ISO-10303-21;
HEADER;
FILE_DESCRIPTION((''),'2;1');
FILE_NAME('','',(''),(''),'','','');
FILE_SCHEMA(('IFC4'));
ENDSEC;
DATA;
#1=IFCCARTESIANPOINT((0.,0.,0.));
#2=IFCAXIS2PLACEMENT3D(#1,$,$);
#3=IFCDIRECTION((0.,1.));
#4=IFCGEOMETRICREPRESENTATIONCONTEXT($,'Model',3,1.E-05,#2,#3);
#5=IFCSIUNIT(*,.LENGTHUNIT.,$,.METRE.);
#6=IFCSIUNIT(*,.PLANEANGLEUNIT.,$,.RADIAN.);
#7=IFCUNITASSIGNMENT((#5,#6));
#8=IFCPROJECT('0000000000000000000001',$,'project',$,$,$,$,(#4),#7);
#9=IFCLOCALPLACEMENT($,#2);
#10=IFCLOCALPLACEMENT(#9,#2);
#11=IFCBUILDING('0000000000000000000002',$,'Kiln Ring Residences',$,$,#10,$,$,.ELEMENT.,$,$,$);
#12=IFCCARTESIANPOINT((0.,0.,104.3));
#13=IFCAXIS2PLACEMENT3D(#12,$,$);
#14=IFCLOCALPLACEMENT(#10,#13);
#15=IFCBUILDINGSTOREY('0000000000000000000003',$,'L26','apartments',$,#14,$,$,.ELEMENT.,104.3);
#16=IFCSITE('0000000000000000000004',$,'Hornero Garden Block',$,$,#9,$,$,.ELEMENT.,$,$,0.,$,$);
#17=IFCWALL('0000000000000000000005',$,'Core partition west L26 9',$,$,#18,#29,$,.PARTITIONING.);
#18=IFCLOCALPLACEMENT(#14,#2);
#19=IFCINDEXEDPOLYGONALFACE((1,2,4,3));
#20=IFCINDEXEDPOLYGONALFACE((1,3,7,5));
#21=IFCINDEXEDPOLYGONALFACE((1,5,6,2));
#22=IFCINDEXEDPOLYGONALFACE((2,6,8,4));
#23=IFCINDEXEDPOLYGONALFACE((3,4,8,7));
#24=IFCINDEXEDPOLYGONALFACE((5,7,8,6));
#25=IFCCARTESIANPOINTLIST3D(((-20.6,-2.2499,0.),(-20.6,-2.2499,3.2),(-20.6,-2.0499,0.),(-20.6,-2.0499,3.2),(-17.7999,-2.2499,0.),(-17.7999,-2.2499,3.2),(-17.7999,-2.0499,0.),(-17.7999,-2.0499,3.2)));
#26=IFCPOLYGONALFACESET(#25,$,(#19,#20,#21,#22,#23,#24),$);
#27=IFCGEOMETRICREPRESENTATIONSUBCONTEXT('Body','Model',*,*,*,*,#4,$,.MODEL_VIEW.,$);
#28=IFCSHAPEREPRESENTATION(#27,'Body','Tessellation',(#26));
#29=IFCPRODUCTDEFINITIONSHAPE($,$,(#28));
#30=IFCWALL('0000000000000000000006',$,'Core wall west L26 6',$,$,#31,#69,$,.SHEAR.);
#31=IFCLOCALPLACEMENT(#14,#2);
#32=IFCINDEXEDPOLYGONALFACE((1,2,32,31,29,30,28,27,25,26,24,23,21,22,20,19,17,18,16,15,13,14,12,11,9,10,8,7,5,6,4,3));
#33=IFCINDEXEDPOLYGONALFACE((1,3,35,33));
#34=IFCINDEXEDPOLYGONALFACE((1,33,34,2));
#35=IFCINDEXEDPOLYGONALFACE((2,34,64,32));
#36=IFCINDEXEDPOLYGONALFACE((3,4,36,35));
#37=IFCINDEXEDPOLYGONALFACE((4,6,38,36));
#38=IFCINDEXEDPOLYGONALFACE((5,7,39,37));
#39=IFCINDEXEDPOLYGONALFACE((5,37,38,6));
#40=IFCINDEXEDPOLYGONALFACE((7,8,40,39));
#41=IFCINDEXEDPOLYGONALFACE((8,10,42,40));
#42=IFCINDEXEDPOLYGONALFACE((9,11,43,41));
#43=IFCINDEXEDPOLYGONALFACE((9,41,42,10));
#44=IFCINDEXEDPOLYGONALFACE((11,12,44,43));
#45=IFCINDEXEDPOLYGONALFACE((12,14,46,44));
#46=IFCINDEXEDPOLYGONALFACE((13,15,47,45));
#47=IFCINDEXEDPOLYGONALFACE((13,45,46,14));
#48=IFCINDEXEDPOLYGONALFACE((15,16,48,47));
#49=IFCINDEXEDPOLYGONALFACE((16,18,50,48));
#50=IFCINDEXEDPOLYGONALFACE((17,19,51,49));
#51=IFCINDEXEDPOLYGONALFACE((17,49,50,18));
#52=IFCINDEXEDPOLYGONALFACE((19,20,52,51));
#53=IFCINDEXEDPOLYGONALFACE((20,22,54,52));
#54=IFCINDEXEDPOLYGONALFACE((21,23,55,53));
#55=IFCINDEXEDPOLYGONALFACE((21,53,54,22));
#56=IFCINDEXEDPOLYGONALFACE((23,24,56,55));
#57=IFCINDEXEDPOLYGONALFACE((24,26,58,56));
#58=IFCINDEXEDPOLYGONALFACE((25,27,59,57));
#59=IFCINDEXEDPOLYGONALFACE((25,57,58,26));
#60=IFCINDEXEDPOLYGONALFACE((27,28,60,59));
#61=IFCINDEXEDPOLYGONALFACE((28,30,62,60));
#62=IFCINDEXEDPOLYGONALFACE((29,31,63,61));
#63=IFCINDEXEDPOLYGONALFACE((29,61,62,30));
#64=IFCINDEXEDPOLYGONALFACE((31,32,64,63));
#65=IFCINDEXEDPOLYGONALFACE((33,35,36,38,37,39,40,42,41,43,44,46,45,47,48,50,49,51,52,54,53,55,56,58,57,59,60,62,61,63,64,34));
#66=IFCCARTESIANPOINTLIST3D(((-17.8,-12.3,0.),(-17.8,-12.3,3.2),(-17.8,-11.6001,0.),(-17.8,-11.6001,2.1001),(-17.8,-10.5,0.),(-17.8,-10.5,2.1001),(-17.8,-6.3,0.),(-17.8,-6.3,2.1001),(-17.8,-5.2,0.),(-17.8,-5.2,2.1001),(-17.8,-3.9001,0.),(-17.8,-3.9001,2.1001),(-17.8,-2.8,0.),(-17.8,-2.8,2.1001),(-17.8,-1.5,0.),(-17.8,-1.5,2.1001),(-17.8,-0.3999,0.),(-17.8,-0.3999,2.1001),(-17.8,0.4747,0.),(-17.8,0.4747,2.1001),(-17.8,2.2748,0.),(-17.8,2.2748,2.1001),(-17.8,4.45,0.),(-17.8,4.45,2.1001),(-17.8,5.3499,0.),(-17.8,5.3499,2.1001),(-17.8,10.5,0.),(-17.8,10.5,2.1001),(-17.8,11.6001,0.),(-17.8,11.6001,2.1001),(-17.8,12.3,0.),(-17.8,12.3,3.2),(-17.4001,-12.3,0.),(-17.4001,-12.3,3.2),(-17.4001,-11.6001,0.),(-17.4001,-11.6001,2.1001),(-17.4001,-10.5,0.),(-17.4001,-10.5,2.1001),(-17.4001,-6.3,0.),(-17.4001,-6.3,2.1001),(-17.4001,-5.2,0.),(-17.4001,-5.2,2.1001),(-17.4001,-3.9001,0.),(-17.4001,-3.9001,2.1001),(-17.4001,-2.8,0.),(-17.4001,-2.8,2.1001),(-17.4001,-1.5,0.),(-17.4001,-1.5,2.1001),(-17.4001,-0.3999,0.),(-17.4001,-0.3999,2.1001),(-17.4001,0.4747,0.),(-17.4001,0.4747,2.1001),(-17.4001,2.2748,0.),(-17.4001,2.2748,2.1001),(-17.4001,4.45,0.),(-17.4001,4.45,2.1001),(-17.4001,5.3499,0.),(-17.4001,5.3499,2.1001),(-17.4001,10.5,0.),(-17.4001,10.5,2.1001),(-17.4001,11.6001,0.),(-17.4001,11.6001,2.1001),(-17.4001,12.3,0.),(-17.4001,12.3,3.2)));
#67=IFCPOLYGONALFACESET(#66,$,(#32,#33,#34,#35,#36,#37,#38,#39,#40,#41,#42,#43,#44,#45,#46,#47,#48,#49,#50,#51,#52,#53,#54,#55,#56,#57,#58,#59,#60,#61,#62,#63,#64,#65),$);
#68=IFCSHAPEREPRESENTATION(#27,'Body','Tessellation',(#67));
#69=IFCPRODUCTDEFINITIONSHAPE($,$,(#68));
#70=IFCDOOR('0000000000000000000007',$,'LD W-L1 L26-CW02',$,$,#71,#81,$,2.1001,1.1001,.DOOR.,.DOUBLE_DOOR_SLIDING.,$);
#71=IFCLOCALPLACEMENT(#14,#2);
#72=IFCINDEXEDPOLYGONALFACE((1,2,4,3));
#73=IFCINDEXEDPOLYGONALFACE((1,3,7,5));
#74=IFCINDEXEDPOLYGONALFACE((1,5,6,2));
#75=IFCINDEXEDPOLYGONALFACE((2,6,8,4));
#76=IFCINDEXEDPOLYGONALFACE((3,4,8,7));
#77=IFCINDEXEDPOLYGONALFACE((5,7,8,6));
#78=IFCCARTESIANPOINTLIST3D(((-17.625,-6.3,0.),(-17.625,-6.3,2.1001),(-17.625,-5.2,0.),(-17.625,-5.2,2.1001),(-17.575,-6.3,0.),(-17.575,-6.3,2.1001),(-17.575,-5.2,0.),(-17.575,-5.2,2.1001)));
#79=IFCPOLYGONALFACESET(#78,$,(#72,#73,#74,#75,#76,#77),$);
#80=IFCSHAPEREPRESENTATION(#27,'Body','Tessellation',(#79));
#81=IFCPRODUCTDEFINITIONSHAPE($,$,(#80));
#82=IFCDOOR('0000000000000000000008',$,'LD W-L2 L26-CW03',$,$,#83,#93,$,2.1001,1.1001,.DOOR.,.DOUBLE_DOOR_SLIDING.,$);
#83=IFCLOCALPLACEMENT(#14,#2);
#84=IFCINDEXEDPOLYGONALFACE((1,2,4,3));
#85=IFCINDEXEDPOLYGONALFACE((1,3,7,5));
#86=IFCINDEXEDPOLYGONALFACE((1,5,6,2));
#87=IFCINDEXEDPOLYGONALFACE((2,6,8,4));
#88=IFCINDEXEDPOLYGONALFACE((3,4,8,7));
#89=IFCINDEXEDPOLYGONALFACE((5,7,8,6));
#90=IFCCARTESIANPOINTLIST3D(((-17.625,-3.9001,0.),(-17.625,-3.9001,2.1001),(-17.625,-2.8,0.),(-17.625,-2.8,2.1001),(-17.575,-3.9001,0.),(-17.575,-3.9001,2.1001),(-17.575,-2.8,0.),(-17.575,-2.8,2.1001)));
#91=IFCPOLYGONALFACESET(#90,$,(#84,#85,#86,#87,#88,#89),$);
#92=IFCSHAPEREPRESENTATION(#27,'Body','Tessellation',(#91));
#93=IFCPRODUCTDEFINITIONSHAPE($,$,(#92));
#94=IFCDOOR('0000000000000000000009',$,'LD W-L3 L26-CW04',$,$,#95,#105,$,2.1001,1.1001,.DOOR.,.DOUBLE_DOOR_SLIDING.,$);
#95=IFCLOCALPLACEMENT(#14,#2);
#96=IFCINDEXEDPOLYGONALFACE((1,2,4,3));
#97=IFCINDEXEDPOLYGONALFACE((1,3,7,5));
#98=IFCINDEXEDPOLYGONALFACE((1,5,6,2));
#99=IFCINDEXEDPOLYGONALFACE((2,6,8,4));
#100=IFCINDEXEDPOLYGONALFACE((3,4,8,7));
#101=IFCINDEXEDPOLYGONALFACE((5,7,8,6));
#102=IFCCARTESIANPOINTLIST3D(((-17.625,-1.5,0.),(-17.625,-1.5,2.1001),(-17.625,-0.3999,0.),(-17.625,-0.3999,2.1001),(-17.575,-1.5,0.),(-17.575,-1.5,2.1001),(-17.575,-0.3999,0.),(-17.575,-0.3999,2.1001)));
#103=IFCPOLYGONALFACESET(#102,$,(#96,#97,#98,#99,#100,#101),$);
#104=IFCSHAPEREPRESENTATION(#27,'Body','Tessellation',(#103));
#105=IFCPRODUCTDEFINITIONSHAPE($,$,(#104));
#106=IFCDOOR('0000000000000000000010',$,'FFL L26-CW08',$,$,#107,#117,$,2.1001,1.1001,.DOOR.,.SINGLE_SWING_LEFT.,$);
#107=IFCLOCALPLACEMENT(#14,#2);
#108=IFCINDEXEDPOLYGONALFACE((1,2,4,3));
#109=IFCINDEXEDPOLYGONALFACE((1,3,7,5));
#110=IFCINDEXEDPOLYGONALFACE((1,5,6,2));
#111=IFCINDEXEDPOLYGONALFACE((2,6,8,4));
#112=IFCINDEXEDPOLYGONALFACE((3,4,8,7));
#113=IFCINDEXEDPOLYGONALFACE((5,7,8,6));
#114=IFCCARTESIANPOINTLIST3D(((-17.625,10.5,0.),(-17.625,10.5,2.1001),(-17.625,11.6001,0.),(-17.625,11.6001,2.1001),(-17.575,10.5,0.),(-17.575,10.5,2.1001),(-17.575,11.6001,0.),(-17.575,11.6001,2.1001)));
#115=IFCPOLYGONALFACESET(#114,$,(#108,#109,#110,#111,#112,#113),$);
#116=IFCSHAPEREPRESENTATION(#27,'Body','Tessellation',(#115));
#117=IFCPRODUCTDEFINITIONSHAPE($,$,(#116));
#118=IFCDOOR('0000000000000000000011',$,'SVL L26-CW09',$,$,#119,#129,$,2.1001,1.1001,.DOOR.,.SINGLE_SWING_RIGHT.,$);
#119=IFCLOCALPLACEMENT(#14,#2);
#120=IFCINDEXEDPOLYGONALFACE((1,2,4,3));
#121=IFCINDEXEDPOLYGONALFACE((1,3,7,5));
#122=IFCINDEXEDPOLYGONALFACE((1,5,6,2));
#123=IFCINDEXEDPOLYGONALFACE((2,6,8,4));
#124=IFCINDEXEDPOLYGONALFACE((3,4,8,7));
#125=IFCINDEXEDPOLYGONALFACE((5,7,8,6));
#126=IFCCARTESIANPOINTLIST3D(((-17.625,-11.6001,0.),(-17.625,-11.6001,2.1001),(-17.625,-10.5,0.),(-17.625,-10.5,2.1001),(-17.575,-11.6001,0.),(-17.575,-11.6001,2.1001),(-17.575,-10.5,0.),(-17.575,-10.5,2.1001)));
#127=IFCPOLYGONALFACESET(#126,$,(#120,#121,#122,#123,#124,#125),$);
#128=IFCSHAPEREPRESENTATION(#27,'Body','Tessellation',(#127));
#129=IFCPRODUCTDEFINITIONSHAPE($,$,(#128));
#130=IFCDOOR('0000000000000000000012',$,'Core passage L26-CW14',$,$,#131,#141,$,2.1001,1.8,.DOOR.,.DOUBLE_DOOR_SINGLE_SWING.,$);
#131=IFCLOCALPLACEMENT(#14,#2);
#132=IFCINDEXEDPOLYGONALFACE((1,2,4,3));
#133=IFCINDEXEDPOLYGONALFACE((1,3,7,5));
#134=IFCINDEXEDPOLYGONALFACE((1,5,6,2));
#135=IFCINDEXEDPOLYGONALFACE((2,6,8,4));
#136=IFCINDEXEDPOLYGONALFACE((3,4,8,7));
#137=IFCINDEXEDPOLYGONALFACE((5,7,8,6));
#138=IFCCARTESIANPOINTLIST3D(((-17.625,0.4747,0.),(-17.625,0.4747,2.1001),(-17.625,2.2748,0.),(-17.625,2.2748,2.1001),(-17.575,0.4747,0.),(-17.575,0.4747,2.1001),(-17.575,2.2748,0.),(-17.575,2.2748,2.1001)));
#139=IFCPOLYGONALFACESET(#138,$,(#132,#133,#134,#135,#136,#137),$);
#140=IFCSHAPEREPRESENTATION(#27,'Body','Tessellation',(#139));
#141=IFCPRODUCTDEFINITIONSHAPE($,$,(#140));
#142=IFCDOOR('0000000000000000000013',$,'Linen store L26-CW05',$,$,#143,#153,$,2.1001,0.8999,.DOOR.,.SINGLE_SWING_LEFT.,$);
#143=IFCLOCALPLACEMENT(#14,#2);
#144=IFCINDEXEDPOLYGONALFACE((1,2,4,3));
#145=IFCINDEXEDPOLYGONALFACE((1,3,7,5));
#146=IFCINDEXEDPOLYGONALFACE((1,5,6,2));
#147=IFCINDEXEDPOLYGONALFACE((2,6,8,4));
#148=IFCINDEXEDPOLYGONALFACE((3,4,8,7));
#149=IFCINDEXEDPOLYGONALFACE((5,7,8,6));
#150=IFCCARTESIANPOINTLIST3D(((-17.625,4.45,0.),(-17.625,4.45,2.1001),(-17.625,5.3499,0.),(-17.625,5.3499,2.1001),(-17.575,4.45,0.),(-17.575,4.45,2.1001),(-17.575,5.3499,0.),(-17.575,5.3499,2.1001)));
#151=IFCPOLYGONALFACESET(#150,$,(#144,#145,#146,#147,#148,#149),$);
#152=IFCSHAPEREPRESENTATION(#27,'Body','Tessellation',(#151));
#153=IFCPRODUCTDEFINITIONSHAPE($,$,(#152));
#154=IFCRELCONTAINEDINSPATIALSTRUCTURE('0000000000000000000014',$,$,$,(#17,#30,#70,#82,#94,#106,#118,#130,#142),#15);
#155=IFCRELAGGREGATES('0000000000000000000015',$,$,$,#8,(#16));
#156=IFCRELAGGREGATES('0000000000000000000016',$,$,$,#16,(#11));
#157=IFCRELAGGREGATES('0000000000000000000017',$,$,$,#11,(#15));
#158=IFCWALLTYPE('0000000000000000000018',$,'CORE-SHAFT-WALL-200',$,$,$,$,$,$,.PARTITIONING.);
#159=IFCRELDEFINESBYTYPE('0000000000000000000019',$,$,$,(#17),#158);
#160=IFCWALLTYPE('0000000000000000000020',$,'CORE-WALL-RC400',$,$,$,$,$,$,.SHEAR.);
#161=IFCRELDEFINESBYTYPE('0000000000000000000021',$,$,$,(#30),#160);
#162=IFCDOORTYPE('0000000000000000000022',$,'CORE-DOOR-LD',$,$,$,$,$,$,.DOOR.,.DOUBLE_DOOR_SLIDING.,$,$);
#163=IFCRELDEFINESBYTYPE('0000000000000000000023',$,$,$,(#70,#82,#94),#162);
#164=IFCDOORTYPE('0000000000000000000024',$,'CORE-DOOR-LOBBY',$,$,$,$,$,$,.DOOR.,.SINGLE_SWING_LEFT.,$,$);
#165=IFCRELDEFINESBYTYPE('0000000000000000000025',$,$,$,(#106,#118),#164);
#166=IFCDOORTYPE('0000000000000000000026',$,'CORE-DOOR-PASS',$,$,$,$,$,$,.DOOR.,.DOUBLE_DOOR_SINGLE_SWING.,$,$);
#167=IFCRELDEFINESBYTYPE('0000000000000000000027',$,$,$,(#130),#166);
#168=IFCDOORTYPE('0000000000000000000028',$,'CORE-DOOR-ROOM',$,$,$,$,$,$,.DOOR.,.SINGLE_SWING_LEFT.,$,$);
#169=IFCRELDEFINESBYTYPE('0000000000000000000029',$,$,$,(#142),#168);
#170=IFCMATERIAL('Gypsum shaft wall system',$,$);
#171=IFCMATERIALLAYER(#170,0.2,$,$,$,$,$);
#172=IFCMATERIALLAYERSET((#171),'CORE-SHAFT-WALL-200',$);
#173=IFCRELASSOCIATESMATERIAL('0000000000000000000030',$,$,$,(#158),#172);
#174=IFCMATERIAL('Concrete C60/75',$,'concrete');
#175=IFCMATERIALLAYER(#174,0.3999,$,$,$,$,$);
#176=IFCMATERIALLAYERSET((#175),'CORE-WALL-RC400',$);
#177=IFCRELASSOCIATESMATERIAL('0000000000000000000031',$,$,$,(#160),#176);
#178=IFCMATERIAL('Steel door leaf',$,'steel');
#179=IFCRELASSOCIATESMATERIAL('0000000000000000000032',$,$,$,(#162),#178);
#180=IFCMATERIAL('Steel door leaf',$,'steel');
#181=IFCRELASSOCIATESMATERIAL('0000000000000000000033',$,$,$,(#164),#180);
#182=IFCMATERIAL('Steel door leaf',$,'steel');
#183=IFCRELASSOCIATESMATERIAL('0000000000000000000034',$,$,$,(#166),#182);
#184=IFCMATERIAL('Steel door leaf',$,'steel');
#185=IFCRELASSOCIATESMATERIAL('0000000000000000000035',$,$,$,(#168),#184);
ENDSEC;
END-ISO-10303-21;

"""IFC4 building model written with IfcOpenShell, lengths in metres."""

from ifc_helpers import new_model, si_unit, direction, frame, frame_2d, origin, place, context, subcontext, project, spatial, rectangle, extrude, material, layer, layer_set, type_object, element, fill, save


model = new_model("IFC4")

# Units and contexts
model_context = context("Model", 3, precision=1e-05, world=origin(), true_north=direction((0.0, 1.0)))
body_context = subcontext(model_context, "Body", "Model", "MODEL_VIEW")
ifc_project = project(units=[si_unit("LENGTHUNIT", "METRE"), si_unit("PLANEANGLEUNIT", "RADIAN")], contexts=[model_context])

# Site, building, storey
site_placement = place(None, origin())
site = spatial("IfcSite", under=ifc_project, at=site_placement, Name="Hornero Garden Block", CompositionType="ELEMENT", RefElevation=0.0)
building_placement = place(site_placement, origin())
building = spatial("IfcBuilding", under=site, at=building_placement, Name="Kiln Ring Residences", CompositionType="ELEMENT")
storey_placement = place(building_placement, frame((0.0, 0.0, 104.3)))
storey = spatial("IfcBuildingStorey", under=building, at=storey_placement, Name="L26", Description="apartments", CompositionType="ELEMENT", Elevation=104.3)

# Wall
ifc_material_1 = material(Name="Gypsum shaft wall system")
ifc_layer_1 = layer(ifc_material_1, 0.2)
ifc_layer_set_1 = layer_set([ifc_layer_1], Name="CORE-SHAFT-WALL-200")
wall_type_1 = type_object("IfcWallType", Name="CORE-SHAFT-WALL-200", PredefinedType="PARTITIONING", material=ifc_layer_set_1)
wall_1_placement = place(storey_placement, frame((-17.8, -2.1499, 0.0), z_axis=(0.0, 0.0, 1.0), x_axis=(-1.0, 0.0, 0.0)))
element("IfcWall", 1, at=wall_1_placement, inside=storey, type_object=wall_type_1, Name="Core partition west L26 9", PredefinedType="PARTITIONING", context=body_context, shape_type="SweptSolid", body=[
    extrude(rectangle(XDim=2.8, YDim=0.2, at=frame_2d((1.3999, 0.0))), origin(), (0.0, 0.0, 1.0), 3.2),
])

# Wall, openings, doors
ifc_material_2 = material(Name="Concrete C60/75", Category="concrete")
ifc_layer_2 = layer(ifc_material_2, 0.3999)
ifc_layer_set_2 = layer_set([ifc_layer_2], Name="CORE-WALL-RC400")
wall_type_2 = type_object("IfcWallType", Name="CORE-WALL-RC400", PredefinedType="SHEAR", material=ifc_layer_set_2)
wall_2_placement = place(storey_placement, frame((-17.6001, -12.3, 0.0), z_axis=(0.0, 0.0, 1.0), x_axis=(0.0, 1.0, 0.0)))
wall_2 = element("IfcWall", 2, at=wall_2_placement, inside=storey, type_object=wall_type_2, Name="Core wall west L26 6", PredefinedType="SHEAR", context=body_context, shape_type="SweptSolid", body=[
    extrude(rectangle(XDim=24.6001, YDim=0.3999, at=frame_2d((12.3, 0.0))), origin(), (0.0, 0.0, 1.0), 3.2),
])
opening_1_placement = place(wall_2_placement, frame((6.0, 0.0, 0.0)))
opening_1 = element("IfcOpeningElement", 3, at=opening_1_placement, cuts=wall_2, PredefinedType="OPENING", context=body_context, shape_type="SweptSolid", body=[
    extrude(rectangle(XDim=1.1001, YDim=2.1001, at=frame_2d((0.55, 1.05))), frame((0.0, 0.21, 0.0), z_axis=(0.0, -1.0, 0.0), x_axis=(1.0, 0.0, 0.0)), (0.0, 0.0, 1.0), 0.4199),
])
opening_2_placement = place(wall_2_placement, frame((8.3999, 0.0, 0.0)))
opening_2 = element("IfcOpeningElement", 4, at=opening_2_placement, cuts=wall_2, PredefinedType="OPENING", context=body_context, shape_type="SweptSolid", body=[
    extrude(rectangle(XDim=1.1001, YDim=2.1001, at=frame_2d((0.55, 1.05))), frame((0.0, 0.21, 0.0), z_axis=(0.0, -1.0, 0.0), x_axis=(1.0, 0.0, 0.0)), (0.0, 0.0, 1.0), 0.4199),
])
opening_3_placement = place(wall_2_placement, frame((10.8, 0.0, 0.0)))
opening_3 = element("IfcOpeningElement", 5, at=opening_3_placement, cuts=wall_2, PredefinedType="OPENING", context=body_context, shape_type="SweptSolid", body=[
    extrude(rectangle(XDim=1.1001, YDim=2.1001, at=frame_2d((0.55, 1.05))), frame((0.0, 0.21, 0.0), z_axis=(0.0, -1.0, 0.0), x_axis=(1.0, 0.0, 0.0)), (0.0, 0.0, 1.0), 0.4199),
])
opening_4_placement = place(wall_2_placement, frame((16.75, 0.0, 0.0)))
opening_4 = element("IfcOpeningElement", 6, at=opening_4_placement, cuts=wall_2, PredefinedType="OPENING", context=body_context, shape_type="SweptSolid", body=[
    extrude(rectangle(XDim=0.8999, YDim=2.1001, at=frame_2d((0.45, 1.05))), frame((0.0, 0.21, 0.0), z_axis=(0.0, -1.0, 0.0), x_axis=(1.0, 0.0, 0.0)), (0.0, 0.0, 1.0), 0.4199),
])
opening_5_placement = place(wall_2_placement, frame((22.8, 0.0, 0.0)))
opening_5 = element("IfcOpeningElement", 7, at=opening_5_placement, cuts=wall_2, PredefinedType="OPENING", context=body_context, shape_type="SweptSolid", body=[
    extrude(rectangle(XDim=1.1001, YDim=2.1001, at=frame_2d((0.55, 1.05))), frame((0.0, 0.21, 0.0), z_axis=(0.0, -1.0, 0.0), x_axis=(1.0, 0.0, 0.0)), (0.0, 0.0, 1.0), 0.4199),
])
opening_6_placement = place(wall_2_placement, frame((0.7, 0.0, 0.0)))
opening_6 = element("IfcOpeningElement", 8, at=opening_6_placement, cuts=wall_2, PredefinedType="OPENING", context=body_context, shape_type="SweptSolid", body=[
    extrude(rectangle(XDim=1.1001, YDim=2.1001, at=frame_2d((0.55, 1.05))), frame((0.0, 0.21, 0.0), z_axis=(0.0, -1.0, 0.0), x_axis=(1.0, 0.0, 0.0)), (0.0, 0.0, 1.0), 0.4199),
])
opening_7_placement = place(wall_2_placement, frame((12.7749, 0.0, 0.0)))
opening_7 = element("IfcOpeningElement", 9, at=opening_7_placement, cuts=wall_2, PredefinedType="OPENING", context=body_context, shape_type="SweptSolid", body=[
    extrude(rectangle(XDim=1.8, YDim=2.1001, at=frame_2d((0.8999, 1.05))), frame((0.0, 0.21, 0.0), z_axis=(0.0, -1.0, 0.0), x_axis=(1.0, 0.0, 0.0)), (0.0, 0.0, 1.0), 0.4199),
])
ifc_material_3 = material(Name="Steel door leaf", Category="steel")
door_type_1 = type_object("IfcDoorType", Name="CORE-DOOR-LD", OperationType="DOUBLE_DOOR_SLIDING", PredefinedType="DOOR", material=ifc_material_3)
door_1_placement = place(opening_1_placement, origin())
door_1 = element("IfcDoor", 10, at=door_1_placement, inside=storey, type_object=door_type_1, Name="LD W-L1 L26-CW02", OperationType="DOUBLE_DOOR_SLIDING", OverallHeight=2.1001, OverallWidth=1.1001, PredefinedType="DOOR", context=body_context, shape_type="SweptSolid", body=[
    extrude(rectangle(XDim=1.1001, YDim=2.1001, at=frame_2d((0.55, 1.05))), frame((0.0, 0.0249, 0.0), z_axis=(0.0, -1.0, 0.0), x_axis=(1.0, 0.0, 0.0)), (0.0, 0.0, 1.0), 0.05),
])
fill(opening_1, door_1)
door_2_placement = place(opening_2_placement, origin())
door_2 = element("IfcDoor", 11, at=door_2_placement, inside=storey, type_object=door_type_1, Name="LD W-L2 L26-CW03", OperationType="DOUBLE_DOOR_SLIDING", OverallHeight=2.1001, OverallWidth=1.1001, PredefinedType="DOOR", context=body_context, shape_type="SweptSolid", body=[
    extrude(rectangle(XDim=1.1001, YDim=2.1001, at=frame_2d((0.55, 1.05))), frame((0.0, 0.0249, 0.0), z_axis=(0.0, -1.0, 0.0), x_axis=(1.0, 0.0, 0.0)), (0.0, 0.0, 1.0), 0.05),
])
fill(opening_2, door_2)
door_3_placement = place(opening_3_placement, origin())
door_3 = element("IfcDoor", 12, at=door_3_placement, inside=storey, type_object=door_type_1, Name="LD W-L3 L26-CW04", OperationType="DOUBLE_DOOR_SLIDING", OverallHeight=2.1001, OverallWidth=1.1001, PredefinedType="DOOR", context=body_context, shape_type="SweptSolid", body=[
    extrude(rectangle(XDim=1.1001, YDim=2.1001, at=frame_2d((0.55, 1.05))), frame((0.0, 0.0249, 0.0), z_axis=(0.0, -1.0, 0.0), x_axis=(1.0, 0.0, 0.0)), (0.0, 0.0, 1.0), 0.05),
])
fill(opening_3, door_3)
ifc_material_4 = material(Name="Steel door leaf", Category="steel")
door_type_2 = type_object("IfcDoorType", Name="CORE-DOOR-LOBBY", OperationType="SINGLE_SWING_LEFT", PredefinedType="DOOR", material=ifc_material_4)
door_4_placement = place(opening_5_placement, origin())
door_4 = element("IfcDoor", 13, at=door_4_placement, inside=storey, type_object=door_type_2, Name="FFL L26-CW08", OperationType="SINGLE_SWING_LEFT", OverallHeight=2.1001, OverallWidth=1.1001, PredefinedType="DOOR", context=body_context, shape_type="SweptSolid", body=[
    extrude(rectangle(XDim=1.1001, YDim=2.1001, at=frame_2d((0.55, 1.05))), frame((0.0, 0.0249, 0.0), z_axis=(0.0, -1.0, 0.0), x_axis=(1.0, 0.0, 0.0)), (0.0, 0.0, 1.0), 0.05),
])
fill(opening_5, door_4)
door_5_placement = place(opening_6_placement, origin())
door_5 = element("IfcDoor", 14, at=door_5_placement, inside=storey, type_object=door_type_2, Name="SVL L26-CW09", OperationType="SINGLE_SWING_RIGHT", OverallHeight=2.1001, OverallWidth=1.1001, PredefinedType="DOOR", context=body_context, shape_type="SweptSolid", body=[
    extrude(rectangle(XDim=1.1001, YDim=2.1001, at=frame_2d((0.55, 1.05))), frame((0.0, 0.0249, 0.0), z_axis=(0.0, -1.0, 0.0), x_axis=(1.0, 0.0, 0.0)), (0.0, 0.0, 1.0), 0.05),
])
fill(opening_6, door_5)
ifc_material_5 = material(Name="Steel door leaf", Category="steel")
door_type_3 = type_object("IfcDoorType", Name="CORE-DOOR-PASS", OperationType="DOUBLE_DOOR_SINGLE_SWING", PredefinedType="DOOR", material=ifc_material_5)
door_6_placement = place(opening_7_placement, origin())
door_6 = element("IfcDoor", 15, at=door_6_placement, inside=storey, type_object=door_type_3, Name="Core passage L26-CW14", OperationType="DOUBLE_DOOR_SINGLE_SWING", OverallHeight=2.1001, OverallWidth=1.8, PredefinedType="DOOR", context=body_context, shape_type="SweptSolid", body=[
    extrude(rectangle(XDim=1.8, YDim=2.1001, at=frame_2d((0.8999, 1.05))), frame((0.0, 0.0249, 0.0), z_axis=(0.0, -1.0, 0.0), x_axis=(1.0, 0.0, 0.0)), (0.0, 0.0, 1.0), 0.05),
])
fill(opening_7, door_6)
ifc_material_6 = material(Name="Steel door leaf", Category="steel")
door_type_4 = type_object("IfcDoorType", Name="CORE-DOOR-ROOM", OperationType="SINGLE_SWING_LEFT", PredefinedType="DOOR", material=ifc_material_6)
door_7_placement = place(opening_4_placement, origin())
door_7 = element("IfcDoor", 16, at=door_7_placement, inside=storey, type_object=door_type_4, Name="Linen store L26-CW05", OperationType="SINGLE_SWING_LEFT", OverallHeight=2.1001, OverallWidth=0.8999, PredefinedType="DOOR", context=body_context, shape_type="SweptSolid", body=[
    extrude(rectangle(XDim=0.8999, YDim=2.1001, at=frame_2d((0.45, 1.05))), frame((0.0, 0.0249, 0.0), z_axis=(0.0, -1.0, 0.0), x_axis=(1.0, 0.0, 0.0)), (0.0, 0.0, 1.0), 0.05),
])
fill(opening_4, door_7)

save(model, "model.ifc")
